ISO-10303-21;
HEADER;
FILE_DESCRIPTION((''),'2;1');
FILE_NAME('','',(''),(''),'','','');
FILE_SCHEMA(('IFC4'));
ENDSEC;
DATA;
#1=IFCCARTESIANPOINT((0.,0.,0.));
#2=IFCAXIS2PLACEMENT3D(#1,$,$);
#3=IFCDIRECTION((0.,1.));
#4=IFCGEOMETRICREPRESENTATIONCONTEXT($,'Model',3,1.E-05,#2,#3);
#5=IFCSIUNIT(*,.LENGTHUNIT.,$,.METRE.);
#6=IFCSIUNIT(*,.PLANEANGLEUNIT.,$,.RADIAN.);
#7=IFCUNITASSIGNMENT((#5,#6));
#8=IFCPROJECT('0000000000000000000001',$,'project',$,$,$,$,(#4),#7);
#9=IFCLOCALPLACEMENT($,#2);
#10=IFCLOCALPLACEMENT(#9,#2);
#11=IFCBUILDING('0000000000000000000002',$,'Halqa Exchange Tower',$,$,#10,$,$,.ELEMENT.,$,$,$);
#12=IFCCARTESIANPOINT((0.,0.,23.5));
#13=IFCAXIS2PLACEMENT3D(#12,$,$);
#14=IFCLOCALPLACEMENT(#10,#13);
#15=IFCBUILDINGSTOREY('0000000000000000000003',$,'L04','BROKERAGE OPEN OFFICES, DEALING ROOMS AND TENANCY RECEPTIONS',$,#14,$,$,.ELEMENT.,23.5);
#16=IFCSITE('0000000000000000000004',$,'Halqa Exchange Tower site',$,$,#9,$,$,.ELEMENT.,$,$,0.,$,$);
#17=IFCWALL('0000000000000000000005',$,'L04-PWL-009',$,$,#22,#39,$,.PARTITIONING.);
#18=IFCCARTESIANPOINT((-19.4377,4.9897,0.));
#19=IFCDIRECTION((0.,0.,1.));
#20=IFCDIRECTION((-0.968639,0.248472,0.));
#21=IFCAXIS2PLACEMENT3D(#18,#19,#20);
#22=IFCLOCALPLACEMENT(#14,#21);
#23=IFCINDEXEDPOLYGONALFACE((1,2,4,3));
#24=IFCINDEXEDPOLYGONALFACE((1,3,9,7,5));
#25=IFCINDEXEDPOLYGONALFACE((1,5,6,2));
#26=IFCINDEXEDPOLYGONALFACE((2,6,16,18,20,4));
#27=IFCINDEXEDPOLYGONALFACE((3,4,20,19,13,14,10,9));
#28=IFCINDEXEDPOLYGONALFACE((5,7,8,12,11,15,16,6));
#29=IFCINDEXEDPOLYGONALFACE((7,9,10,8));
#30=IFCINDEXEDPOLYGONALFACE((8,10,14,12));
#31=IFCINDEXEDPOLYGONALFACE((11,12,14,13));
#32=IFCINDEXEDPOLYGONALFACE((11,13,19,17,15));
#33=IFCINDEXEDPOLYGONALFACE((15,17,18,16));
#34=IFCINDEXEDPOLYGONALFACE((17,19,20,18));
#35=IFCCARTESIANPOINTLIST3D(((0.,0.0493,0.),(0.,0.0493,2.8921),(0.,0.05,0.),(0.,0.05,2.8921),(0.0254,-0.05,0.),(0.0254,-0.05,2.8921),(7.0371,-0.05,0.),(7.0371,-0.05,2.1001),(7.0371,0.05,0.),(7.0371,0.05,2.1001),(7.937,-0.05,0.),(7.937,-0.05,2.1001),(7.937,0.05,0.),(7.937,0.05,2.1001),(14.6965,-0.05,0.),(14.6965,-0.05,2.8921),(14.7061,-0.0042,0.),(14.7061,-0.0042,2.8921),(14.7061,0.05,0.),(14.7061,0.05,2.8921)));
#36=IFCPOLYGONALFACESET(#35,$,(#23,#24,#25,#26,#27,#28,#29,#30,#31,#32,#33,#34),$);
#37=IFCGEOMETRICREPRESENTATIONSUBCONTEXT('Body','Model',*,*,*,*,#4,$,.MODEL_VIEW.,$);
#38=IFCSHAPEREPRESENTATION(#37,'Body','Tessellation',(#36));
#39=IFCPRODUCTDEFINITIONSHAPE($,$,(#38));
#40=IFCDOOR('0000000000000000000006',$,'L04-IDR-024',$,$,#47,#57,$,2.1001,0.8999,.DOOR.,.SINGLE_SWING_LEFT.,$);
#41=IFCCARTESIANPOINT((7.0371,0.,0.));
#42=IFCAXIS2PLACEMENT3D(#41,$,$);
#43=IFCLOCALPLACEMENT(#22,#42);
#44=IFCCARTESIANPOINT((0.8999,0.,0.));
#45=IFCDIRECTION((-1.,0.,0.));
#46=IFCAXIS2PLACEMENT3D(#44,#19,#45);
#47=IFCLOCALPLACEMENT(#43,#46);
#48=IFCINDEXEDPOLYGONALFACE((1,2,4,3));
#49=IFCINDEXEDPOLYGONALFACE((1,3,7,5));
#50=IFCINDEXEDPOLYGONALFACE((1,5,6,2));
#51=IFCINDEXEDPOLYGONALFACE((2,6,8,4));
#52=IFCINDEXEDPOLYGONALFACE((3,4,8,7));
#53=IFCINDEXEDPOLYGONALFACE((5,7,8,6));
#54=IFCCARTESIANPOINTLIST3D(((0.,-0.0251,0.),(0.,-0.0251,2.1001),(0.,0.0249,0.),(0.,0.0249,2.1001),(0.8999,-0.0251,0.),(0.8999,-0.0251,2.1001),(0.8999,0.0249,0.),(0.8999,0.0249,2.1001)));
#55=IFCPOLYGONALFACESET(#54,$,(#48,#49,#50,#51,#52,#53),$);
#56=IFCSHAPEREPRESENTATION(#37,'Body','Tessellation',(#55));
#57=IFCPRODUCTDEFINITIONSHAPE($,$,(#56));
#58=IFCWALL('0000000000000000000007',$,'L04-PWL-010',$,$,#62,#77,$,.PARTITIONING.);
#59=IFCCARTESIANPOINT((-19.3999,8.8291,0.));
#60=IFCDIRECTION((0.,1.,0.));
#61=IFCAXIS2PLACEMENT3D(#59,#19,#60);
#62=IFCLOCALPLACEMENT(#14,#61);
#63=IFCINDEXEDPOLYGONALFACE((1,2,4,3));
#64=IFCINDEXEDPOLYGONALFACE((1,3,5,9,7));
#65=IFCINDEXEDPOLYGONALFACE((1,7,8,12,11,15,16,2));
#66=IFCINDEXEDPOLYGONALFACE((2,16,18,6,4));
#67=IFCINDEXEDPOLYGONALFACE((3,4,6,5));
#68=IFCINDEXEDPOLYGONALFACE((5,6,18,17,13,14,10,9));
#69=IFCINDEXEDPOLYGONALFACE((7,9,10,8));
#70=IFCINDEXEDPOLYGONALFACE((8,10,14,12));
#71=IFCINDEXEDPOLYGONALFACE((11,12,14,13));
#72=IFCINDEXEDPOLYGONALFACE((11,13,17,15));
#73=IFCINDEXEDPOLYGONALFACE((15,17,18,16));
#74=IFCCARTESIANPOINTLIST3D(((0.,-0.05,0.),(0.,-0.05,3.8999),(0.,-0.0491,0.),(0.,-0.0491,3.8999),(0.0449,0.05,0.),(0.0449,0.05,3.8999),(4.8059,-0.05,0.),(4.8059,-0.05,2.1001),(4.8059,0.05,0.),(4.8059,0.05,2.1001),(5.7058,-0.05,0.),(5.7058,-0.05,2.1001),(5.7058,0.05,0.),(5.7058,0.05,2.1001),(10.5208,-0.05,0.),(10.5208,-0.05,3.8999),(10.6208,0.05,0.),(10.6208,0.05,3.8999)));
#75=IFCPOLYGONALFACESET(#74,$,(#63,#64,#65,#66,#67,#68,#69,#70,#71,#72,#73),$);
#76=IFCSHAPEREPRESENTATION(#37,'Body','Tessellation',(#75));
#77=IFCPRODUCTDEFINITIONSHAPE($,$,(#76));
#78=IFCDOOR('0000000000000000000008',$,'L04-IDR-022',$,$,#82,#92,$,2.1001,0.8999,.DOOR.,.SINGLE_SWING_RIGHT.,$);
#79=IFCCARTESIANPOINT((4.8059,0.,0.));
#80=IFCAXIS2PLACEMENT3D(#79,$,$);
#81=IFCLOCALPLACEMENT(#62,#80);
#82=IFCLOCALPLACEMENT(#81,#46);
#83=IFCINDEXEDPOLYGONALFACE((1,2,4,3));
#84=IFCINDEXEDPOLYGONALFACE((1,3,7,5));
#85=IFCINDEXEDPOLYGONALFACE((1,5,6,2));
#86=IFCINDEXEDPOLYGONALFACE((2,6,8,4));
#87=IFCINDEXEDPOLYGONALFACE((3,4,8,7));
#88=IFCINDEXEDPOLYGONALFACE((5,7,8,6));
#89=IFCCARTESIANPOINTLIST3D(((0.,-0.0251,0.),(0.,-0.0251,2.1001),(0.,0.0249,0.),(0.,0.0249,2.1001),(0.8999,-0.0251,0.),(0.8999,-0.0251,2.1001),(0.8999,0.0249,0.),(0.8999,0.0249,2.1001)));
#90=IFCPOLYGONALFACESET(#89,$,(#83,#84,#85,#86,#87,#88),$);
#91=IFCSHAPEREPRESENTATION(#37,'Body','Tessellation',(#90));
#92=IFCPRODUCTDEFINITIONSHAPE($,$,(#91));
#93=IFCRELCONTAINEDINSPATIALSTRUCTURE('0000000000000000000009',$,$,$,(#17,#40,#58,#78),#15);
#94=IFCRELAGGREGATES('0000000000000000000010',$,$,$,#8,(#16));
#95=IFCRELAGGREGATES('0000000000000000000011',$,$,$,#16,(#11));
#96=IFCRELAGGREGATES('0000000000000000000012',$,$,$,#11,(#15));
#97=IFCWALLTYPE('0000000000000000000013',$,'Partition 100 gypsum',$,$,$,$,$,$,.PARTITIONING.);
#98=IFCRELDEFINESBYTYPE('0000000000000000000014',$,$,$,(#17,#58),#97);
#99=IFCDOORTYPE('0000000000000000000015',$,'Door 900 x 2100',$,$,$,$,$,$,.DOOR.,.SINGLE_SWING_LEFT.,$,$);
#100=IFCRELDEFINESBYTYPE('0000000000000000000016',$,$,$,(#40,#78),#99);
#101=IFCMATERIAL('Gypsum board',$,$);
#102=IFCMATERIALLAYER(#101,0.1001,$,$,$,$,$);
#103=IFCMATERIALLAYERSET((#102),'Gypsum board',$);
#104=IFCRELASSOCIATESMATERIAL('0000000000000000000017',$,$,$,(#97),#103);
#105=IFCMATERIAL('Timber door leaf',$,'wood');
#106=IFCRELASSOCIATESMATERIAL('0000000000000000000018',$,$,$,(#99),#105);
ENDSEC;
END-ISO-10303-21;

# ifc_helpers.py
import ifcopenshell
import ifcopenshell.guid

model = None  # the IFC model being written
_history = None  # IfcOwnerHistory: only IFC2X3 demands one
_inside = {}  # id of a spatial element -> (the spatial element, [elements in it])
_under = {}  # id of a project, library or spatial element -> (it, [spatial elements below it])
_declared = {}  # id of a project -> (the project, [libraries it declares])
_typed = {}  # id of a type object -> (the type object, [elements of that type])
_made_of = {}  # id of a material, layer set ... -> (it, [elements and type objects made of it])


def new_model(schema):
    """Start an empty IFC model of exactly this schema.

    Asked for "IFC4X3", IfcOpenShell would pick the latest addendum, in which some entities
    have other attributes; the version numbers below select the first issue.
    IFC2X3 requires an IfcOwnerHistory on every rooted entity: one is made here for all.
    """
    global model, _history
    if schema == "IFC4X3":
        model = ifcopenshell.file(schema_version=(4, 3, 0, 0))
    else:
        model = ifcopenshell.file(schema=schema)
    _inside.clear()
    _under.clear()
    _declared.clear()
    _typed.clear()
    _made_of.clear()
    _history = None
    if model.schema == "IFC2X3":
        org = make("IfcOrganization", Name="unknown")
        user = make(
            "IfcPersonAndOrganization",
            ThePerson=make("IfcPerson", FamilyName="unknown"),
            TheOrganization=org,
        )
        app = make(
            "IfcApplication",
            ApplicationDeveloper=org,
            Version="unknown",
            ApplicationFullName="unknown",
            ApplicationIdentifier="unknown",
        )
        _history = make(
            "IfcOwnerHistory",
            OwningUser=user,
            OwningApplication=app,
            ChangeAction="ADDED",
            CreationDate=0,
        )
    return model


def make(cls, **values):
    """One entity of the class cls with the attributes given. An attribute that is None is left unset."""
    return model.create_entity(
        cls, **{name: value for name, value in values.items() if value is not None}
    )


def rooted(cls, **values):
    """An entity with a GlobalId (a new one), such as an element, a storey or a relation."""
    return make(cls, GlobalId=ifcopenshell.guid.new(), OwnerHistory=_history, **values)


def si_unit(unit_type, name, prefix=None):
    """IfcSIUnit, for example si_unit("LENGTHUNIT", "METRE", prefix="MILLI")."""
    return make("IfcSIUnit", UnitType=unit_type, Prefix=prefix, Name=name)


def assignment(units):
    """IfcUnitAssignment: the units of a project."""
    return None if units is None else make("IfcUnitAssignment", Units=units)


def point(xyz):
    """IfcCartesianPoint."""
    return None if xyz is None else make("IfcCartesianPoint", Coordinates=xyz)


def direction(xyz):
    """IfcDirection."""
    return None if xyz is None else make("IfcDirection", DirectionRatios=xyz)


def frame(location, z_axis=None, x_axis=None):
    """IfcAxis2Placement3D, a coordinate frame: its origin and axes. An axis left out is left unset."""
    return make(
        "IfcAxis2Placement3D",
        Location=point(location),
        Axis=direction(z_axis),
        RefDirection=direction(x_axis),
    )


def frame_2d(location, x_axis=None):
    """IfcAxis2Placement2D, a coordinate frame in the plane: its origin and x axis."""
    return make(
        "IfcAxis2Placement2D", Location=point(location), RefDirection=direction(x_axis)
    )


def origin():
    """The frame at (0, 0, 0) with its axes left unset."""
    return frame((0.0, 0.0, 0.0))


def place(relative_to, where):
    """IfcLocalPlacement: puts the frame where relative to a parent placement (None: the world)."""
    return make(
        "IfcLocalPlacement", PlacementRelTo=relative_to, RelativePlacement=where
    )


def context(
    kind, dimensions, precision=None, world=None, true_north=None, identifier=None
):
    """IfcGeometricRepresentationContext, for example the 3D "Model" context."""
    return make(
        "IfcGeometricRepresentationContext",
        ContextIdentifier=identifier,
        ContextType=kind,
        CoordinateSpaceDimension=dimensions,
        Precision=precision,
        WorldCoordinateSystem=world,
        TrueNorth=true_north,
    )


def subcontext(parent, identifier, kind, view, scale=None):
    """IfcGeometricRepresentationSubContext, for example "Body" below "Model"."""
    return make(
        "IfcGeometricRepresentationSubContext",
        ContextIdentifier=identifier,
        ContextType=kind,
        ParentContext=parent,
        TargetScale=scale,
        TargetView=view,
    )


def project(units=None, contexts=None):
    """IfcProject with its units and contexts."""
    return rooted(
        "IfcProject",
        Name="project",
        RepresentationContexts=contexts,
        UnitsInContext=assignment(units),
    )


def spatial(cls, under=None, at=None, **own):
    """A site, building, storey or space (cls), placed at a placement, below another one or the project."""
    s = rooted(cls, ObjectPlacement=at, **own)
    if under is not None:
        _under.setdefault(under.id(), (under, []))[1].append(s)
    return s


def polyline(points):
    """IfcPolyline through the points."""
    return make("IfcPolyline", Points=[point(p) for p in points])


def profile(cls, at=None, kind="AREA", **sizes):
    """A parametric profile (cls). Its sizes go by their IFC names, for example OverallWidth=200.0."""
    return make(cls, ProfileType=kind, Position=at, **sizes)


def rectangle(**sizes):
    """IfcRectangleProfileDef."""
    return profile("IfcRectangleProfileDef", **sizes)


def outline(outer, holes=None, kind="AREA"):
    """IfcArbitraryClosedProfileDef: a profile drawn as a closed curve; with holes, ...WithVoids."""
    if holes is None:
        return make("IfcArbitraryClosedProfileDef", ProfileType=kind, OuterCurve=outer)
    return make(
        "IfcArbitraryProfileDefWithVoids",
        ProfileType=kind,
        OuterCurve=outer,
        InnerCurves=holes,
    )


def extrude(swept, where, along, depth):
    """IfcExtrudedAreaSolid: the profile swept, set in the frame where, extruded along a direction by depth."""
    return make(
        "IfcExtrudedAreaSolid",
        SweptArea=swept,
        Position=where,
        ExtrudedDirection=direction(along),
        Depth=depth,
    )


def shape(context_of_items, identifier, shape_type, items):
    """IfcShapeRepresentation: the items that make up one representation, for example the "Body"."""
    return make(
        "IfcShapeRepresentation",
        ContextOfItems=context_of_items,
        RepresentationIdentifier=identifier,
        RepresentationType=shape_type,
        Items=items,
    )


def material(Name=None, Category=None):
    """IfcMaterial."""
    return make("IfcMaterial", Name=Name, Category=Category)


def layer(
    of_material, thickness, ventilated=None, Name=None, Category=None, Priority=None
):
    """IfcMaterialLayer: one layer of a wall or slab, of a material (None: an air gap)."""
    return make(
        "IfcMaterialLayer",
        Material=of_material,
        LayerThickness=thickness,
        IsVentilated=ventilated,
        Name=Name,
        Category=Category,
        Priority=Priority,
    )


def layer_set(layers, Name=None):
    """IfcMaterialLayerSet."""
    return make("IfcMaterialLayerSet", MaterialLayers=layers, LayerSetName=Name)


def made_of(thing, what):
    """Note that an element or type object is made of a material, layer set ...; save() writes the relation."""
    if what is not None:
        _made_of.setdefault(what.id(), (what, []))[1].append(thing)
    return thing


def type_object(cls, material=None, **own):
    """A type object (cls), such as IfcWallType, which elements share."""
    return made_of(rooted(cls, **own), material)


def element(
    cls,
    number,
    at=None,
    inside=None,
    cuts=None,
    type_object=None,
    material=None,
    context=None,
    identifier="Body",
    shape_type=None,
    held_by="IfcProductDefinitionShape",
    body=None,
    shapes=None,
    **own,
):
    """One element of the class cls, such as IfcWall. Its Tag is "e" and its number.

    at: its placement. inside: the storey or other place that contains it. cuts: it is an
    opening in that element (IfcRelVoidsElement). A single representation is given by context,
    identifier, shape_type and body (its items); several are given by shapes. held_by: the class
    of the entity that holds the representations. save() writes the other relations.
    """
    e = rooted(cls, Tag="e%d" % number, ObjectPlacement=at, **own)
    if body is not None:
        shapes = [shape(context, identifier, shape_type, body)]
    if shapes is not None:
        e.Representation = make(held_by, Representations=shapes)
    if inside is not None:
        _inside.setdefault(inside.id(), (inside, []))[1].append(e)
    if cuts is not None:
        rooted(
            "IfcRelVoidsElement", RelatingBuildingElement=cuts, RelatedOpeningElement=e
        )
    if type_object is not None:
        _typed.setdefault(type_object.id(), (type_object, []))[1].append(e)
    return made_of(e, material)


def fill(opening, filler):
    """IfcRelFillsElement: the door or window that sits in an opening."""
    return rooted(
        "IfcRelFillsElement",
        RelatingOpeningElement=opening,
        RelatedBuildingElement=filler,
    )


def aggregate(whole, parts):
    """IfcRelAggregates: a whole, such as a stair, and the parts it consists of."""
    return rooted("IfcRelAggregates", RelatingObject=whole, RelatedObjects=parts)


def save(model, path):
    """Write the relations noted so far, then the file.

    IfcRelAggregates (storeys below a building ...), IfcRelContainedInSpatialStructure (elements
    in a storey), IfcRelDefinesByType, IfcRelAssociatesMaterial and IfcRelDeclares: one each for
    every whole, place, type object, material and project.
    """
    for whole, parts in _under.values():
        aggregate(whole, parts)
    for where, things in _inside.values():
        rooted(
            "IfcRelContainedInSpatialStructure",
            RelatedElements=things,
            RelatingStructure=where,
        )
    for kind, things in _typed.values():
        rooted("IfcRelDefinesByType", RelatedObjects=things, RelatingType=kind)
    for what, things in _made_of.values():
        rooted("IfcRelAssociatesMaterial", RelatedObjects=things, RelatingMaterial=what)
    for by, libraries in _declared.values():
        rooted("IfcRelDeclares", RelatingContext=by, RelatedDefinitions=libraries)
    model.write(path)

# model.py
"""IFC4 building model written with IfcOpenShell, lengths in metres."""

from ifc_helpers import new_model, si_unit, direction, frame, frame_2d, origin, place, context, subcontext, project, spatial, polyline, rectangle, outline, extrude, material, layer, layer_set, type_object, element, fill, save


model = new_model("IFC4")

# Units and contexts
model_context = context("Model", 3, precision=1e-05, world=origin(), true_north=direction((0.0, 1.0)))
body_context = subcontext(model_context, "Body", "Model", "MODEL_VIEW")
ifc_project = project(units=[si_unit("LENGTHUNIT", "METRE"), si_unit("PLANEANGLEUNIT", "RADIAN")], contexts=[model_context])

# Site, building, storey
site_placement = place(None, origin())
site = spatial("IfcSite", under=ifc_project, at=site_placement, Name="Halqa Exchange Tower site", CompositionType="ELEMENT", RefElevation=0.0)
building_placement = place(site_placement, origin())
building = spatial("IfcBuilding", under=site, at=building_placement, Name="Halqa Exchange Tower", CompositionType="ELEMENT")
storey_placement = place(building_placement, frame((0.0, 0.0, 23.5)))
storey = spatial("IfcBuildingStorey", under=building, at=storey_placement, Name="L04", Description="BROKERAGE OPEN OFFICES, DEALING ROOMS AND TENANCY RECEPTIONS", CompositionType="ELEMENT", Elevation=23.5)

# Walls, openings, doors
ifc_material_1 = material(Name="Gypsum board")
ifc_layer_1 = layer(ifc_material_1, 0.1001)
ifc_layer_set_1 = layer_set([ifc_layer_1], Name="Gypsum board")
wall_type_1 = type_object("IfcWallType", Name="Partition 100 gypsum", PredefinedType="PARTITIONING", material=ifc_layer_set_1)
ifc_material_2 = material(Name="Timber door leaf", Category="wood")
door_type_1 = type_object("IfcDoorType", Name="Door 900 x 2100", OperationType="SINGLE_SWING_LEFT", PredefinedType="DOOR", material=ifc_material_2)
wall_1_placement = place(storey_placement, frame((-19.4377, 4.9897, 0.0), z_axis=(0.0, 0.0, 1.0), x_axis=(-0.968639, 0.248472, 0.0)))
wall_1 = element("IfcWall", 1, at=wall_1_placement, inside=storey, type_object=wall_type_1, Name="L04-PWL-009", PredefinedType="PARTITIONING", context=body_context, shape_type="SweptSolid", body=[
    extrude(outline(polyline([(0.0254, -0.05), (1.8594, -0.05), (3.6934, -0.05), (5.5271, -0.05), (7.3611, -0.05), (9.1948, -0.05), (11.0288, -0.05), (12.8625, -0.05), (14.6965, -0.05), (14.7061, -0.0042), (14.7061, 0.05), (12.8677, 0.05), (11.0295, 0.05), (9.1914, 0.05), (7.353, 0.05), (5.5146, 0.05), (3.6765, 0.05), (1.8384, 0.05), (0.0, 0.05), (0.0, 0.0493), (0.0254, -0.05)])), origin(), (0.0, 0.0, 1.0), 2.8921),
])
opening_1_placement = place(wall_1_placement, frame((7.0371, 0.0, 0.0)))
opening_1 = element("IfcOpeningElement", 2, at=opening_1_placement, cuts=wall_1, PredefinedType="OPENING", context=body_context, shape_type="SweptSolid", body=[
    extrude(rectangle(XDim=0.8999, YDim=2.1001, at=frame_2d((0.45, 1.05))), frame((0.0, 0.062, 0.0), z_axis=(0.0, -1.0, 0.0), x_axis=(1.0, 0.0, 0.0)), (0.0, 0.0, 1.0), 0.124),
])
door_1_placement = place(opening_1_placement, frame((0.8999, 0.0, 0.0), z_axis=(0.0, 0.0, 1.0), x_axis=(-1.0, 0.0, 0.0)))
door_1 = element("IfcDoor", 3, at=door_1_placement, inside=storey, type_object=door_type_1, Name="L04-IDR-024", OperationType="SINGLE_SWING_LEFT", OverallHeight=2.1001, OverallWidth=0.8999, PredefinedType="DOOR", context=body_context, shape_type="SweptSolid", body=[
    extrude(rectangle(XDim=0.8999, YDim=2.1001, at=frame_2d((0.45, 1.05))), frame((0.0, 0.0249, 0.0), z_axis=(0.0, -1.0, 0.0), x_axis=(1.0, 0.0, 0.0)), (0.0, 0.0, 1.0), 0.05),
])
fill(opening_1, door_1)
wall_2_placement = place(storey_placement, frame((-19.3999, 8.8291, 0.0), z_axis=(0.0, 0.0, 1.0), x_axis=(0.0, 1.0, 0.0)))
wall_2 = element("IfcWall", 4, at=wall_2_placement, inside=storey, type_object=wall_type_1, Name="L04-PWL-010", PredefinedType="PARTITIONING", context=body_context, shape_type="SweptSolid", body=[
    extrude(outline(polyline([(0.0, -0.05), (1.7534, -0.05), (3.5068, -0.05), (5.2603, -0.05), (7.0139, -0.05), (8.7673, -0.05), (10.5208, -0.05), (10.521, -0.0498), (10.6208, 0.05), (8.8582, 0.05), (7.0955, 0.05), (5.3328, 0.05), (3.5701, 0.05), (1.8076, 0.05), (0.0449, 0.05), (0.0, -0.0491), (0.0, -0.05)])), origin(), (0.0, 0.0, 1.0), 3.8999),
])
opening_2_placement = place(wall_2_placement, frame((4.8059, 0.0, 0.0)))
opening_2 = element("IfcOpeningElement", 5, at=opening_2_placement, cuts=wall_2, PredefinedType="OPENING", context=body_context, shape_type="SweptSolid", body=[
    extrude(rectangle(XDim=0.8999, YDim=2.1001, at=frame_2d((0.45, 1.05))), frame((0.0, 0.062, 0.0), z_axis=(0.0, -1.0, 0.0), x_axis=(1.0, 0.0, 0.0)), (0.0, 0.0, 1.0), 0.124),
])
door_2_placement = place(opening_2_placement, frame((0.8999, 0.0, 0.0), z_axis=(0.0, 0.0, 1.0), x_axis=(-1.0, 0.0, 0.0)))
door_2 = element("IfcDoor", 6, at=door_2_placement, inside=storey, type_object=door_type_1, Name="L04-IDR-022", OperationType="SINGLE_SWING_RIGHT", OverallHeight=2.1001, OverallWidth=0.8999, PredefinedType="DOOR", context=body_context, shape_type="SweptSolid", body=[
    extrude(rectangle(XDim=0.8999, YDim=2.1001, at=frame_2d((0.45, 1.05))), frame((0.0, 0.0249, 0.0), z_axis=(0.0, -1.0, 0.0), x_axis=(1.0, 0.0, 0.0)), (0.0, 0.0, 1.0), 0.05),
])
fill(opening_2, door_2)

save(model, "model.ifc")
